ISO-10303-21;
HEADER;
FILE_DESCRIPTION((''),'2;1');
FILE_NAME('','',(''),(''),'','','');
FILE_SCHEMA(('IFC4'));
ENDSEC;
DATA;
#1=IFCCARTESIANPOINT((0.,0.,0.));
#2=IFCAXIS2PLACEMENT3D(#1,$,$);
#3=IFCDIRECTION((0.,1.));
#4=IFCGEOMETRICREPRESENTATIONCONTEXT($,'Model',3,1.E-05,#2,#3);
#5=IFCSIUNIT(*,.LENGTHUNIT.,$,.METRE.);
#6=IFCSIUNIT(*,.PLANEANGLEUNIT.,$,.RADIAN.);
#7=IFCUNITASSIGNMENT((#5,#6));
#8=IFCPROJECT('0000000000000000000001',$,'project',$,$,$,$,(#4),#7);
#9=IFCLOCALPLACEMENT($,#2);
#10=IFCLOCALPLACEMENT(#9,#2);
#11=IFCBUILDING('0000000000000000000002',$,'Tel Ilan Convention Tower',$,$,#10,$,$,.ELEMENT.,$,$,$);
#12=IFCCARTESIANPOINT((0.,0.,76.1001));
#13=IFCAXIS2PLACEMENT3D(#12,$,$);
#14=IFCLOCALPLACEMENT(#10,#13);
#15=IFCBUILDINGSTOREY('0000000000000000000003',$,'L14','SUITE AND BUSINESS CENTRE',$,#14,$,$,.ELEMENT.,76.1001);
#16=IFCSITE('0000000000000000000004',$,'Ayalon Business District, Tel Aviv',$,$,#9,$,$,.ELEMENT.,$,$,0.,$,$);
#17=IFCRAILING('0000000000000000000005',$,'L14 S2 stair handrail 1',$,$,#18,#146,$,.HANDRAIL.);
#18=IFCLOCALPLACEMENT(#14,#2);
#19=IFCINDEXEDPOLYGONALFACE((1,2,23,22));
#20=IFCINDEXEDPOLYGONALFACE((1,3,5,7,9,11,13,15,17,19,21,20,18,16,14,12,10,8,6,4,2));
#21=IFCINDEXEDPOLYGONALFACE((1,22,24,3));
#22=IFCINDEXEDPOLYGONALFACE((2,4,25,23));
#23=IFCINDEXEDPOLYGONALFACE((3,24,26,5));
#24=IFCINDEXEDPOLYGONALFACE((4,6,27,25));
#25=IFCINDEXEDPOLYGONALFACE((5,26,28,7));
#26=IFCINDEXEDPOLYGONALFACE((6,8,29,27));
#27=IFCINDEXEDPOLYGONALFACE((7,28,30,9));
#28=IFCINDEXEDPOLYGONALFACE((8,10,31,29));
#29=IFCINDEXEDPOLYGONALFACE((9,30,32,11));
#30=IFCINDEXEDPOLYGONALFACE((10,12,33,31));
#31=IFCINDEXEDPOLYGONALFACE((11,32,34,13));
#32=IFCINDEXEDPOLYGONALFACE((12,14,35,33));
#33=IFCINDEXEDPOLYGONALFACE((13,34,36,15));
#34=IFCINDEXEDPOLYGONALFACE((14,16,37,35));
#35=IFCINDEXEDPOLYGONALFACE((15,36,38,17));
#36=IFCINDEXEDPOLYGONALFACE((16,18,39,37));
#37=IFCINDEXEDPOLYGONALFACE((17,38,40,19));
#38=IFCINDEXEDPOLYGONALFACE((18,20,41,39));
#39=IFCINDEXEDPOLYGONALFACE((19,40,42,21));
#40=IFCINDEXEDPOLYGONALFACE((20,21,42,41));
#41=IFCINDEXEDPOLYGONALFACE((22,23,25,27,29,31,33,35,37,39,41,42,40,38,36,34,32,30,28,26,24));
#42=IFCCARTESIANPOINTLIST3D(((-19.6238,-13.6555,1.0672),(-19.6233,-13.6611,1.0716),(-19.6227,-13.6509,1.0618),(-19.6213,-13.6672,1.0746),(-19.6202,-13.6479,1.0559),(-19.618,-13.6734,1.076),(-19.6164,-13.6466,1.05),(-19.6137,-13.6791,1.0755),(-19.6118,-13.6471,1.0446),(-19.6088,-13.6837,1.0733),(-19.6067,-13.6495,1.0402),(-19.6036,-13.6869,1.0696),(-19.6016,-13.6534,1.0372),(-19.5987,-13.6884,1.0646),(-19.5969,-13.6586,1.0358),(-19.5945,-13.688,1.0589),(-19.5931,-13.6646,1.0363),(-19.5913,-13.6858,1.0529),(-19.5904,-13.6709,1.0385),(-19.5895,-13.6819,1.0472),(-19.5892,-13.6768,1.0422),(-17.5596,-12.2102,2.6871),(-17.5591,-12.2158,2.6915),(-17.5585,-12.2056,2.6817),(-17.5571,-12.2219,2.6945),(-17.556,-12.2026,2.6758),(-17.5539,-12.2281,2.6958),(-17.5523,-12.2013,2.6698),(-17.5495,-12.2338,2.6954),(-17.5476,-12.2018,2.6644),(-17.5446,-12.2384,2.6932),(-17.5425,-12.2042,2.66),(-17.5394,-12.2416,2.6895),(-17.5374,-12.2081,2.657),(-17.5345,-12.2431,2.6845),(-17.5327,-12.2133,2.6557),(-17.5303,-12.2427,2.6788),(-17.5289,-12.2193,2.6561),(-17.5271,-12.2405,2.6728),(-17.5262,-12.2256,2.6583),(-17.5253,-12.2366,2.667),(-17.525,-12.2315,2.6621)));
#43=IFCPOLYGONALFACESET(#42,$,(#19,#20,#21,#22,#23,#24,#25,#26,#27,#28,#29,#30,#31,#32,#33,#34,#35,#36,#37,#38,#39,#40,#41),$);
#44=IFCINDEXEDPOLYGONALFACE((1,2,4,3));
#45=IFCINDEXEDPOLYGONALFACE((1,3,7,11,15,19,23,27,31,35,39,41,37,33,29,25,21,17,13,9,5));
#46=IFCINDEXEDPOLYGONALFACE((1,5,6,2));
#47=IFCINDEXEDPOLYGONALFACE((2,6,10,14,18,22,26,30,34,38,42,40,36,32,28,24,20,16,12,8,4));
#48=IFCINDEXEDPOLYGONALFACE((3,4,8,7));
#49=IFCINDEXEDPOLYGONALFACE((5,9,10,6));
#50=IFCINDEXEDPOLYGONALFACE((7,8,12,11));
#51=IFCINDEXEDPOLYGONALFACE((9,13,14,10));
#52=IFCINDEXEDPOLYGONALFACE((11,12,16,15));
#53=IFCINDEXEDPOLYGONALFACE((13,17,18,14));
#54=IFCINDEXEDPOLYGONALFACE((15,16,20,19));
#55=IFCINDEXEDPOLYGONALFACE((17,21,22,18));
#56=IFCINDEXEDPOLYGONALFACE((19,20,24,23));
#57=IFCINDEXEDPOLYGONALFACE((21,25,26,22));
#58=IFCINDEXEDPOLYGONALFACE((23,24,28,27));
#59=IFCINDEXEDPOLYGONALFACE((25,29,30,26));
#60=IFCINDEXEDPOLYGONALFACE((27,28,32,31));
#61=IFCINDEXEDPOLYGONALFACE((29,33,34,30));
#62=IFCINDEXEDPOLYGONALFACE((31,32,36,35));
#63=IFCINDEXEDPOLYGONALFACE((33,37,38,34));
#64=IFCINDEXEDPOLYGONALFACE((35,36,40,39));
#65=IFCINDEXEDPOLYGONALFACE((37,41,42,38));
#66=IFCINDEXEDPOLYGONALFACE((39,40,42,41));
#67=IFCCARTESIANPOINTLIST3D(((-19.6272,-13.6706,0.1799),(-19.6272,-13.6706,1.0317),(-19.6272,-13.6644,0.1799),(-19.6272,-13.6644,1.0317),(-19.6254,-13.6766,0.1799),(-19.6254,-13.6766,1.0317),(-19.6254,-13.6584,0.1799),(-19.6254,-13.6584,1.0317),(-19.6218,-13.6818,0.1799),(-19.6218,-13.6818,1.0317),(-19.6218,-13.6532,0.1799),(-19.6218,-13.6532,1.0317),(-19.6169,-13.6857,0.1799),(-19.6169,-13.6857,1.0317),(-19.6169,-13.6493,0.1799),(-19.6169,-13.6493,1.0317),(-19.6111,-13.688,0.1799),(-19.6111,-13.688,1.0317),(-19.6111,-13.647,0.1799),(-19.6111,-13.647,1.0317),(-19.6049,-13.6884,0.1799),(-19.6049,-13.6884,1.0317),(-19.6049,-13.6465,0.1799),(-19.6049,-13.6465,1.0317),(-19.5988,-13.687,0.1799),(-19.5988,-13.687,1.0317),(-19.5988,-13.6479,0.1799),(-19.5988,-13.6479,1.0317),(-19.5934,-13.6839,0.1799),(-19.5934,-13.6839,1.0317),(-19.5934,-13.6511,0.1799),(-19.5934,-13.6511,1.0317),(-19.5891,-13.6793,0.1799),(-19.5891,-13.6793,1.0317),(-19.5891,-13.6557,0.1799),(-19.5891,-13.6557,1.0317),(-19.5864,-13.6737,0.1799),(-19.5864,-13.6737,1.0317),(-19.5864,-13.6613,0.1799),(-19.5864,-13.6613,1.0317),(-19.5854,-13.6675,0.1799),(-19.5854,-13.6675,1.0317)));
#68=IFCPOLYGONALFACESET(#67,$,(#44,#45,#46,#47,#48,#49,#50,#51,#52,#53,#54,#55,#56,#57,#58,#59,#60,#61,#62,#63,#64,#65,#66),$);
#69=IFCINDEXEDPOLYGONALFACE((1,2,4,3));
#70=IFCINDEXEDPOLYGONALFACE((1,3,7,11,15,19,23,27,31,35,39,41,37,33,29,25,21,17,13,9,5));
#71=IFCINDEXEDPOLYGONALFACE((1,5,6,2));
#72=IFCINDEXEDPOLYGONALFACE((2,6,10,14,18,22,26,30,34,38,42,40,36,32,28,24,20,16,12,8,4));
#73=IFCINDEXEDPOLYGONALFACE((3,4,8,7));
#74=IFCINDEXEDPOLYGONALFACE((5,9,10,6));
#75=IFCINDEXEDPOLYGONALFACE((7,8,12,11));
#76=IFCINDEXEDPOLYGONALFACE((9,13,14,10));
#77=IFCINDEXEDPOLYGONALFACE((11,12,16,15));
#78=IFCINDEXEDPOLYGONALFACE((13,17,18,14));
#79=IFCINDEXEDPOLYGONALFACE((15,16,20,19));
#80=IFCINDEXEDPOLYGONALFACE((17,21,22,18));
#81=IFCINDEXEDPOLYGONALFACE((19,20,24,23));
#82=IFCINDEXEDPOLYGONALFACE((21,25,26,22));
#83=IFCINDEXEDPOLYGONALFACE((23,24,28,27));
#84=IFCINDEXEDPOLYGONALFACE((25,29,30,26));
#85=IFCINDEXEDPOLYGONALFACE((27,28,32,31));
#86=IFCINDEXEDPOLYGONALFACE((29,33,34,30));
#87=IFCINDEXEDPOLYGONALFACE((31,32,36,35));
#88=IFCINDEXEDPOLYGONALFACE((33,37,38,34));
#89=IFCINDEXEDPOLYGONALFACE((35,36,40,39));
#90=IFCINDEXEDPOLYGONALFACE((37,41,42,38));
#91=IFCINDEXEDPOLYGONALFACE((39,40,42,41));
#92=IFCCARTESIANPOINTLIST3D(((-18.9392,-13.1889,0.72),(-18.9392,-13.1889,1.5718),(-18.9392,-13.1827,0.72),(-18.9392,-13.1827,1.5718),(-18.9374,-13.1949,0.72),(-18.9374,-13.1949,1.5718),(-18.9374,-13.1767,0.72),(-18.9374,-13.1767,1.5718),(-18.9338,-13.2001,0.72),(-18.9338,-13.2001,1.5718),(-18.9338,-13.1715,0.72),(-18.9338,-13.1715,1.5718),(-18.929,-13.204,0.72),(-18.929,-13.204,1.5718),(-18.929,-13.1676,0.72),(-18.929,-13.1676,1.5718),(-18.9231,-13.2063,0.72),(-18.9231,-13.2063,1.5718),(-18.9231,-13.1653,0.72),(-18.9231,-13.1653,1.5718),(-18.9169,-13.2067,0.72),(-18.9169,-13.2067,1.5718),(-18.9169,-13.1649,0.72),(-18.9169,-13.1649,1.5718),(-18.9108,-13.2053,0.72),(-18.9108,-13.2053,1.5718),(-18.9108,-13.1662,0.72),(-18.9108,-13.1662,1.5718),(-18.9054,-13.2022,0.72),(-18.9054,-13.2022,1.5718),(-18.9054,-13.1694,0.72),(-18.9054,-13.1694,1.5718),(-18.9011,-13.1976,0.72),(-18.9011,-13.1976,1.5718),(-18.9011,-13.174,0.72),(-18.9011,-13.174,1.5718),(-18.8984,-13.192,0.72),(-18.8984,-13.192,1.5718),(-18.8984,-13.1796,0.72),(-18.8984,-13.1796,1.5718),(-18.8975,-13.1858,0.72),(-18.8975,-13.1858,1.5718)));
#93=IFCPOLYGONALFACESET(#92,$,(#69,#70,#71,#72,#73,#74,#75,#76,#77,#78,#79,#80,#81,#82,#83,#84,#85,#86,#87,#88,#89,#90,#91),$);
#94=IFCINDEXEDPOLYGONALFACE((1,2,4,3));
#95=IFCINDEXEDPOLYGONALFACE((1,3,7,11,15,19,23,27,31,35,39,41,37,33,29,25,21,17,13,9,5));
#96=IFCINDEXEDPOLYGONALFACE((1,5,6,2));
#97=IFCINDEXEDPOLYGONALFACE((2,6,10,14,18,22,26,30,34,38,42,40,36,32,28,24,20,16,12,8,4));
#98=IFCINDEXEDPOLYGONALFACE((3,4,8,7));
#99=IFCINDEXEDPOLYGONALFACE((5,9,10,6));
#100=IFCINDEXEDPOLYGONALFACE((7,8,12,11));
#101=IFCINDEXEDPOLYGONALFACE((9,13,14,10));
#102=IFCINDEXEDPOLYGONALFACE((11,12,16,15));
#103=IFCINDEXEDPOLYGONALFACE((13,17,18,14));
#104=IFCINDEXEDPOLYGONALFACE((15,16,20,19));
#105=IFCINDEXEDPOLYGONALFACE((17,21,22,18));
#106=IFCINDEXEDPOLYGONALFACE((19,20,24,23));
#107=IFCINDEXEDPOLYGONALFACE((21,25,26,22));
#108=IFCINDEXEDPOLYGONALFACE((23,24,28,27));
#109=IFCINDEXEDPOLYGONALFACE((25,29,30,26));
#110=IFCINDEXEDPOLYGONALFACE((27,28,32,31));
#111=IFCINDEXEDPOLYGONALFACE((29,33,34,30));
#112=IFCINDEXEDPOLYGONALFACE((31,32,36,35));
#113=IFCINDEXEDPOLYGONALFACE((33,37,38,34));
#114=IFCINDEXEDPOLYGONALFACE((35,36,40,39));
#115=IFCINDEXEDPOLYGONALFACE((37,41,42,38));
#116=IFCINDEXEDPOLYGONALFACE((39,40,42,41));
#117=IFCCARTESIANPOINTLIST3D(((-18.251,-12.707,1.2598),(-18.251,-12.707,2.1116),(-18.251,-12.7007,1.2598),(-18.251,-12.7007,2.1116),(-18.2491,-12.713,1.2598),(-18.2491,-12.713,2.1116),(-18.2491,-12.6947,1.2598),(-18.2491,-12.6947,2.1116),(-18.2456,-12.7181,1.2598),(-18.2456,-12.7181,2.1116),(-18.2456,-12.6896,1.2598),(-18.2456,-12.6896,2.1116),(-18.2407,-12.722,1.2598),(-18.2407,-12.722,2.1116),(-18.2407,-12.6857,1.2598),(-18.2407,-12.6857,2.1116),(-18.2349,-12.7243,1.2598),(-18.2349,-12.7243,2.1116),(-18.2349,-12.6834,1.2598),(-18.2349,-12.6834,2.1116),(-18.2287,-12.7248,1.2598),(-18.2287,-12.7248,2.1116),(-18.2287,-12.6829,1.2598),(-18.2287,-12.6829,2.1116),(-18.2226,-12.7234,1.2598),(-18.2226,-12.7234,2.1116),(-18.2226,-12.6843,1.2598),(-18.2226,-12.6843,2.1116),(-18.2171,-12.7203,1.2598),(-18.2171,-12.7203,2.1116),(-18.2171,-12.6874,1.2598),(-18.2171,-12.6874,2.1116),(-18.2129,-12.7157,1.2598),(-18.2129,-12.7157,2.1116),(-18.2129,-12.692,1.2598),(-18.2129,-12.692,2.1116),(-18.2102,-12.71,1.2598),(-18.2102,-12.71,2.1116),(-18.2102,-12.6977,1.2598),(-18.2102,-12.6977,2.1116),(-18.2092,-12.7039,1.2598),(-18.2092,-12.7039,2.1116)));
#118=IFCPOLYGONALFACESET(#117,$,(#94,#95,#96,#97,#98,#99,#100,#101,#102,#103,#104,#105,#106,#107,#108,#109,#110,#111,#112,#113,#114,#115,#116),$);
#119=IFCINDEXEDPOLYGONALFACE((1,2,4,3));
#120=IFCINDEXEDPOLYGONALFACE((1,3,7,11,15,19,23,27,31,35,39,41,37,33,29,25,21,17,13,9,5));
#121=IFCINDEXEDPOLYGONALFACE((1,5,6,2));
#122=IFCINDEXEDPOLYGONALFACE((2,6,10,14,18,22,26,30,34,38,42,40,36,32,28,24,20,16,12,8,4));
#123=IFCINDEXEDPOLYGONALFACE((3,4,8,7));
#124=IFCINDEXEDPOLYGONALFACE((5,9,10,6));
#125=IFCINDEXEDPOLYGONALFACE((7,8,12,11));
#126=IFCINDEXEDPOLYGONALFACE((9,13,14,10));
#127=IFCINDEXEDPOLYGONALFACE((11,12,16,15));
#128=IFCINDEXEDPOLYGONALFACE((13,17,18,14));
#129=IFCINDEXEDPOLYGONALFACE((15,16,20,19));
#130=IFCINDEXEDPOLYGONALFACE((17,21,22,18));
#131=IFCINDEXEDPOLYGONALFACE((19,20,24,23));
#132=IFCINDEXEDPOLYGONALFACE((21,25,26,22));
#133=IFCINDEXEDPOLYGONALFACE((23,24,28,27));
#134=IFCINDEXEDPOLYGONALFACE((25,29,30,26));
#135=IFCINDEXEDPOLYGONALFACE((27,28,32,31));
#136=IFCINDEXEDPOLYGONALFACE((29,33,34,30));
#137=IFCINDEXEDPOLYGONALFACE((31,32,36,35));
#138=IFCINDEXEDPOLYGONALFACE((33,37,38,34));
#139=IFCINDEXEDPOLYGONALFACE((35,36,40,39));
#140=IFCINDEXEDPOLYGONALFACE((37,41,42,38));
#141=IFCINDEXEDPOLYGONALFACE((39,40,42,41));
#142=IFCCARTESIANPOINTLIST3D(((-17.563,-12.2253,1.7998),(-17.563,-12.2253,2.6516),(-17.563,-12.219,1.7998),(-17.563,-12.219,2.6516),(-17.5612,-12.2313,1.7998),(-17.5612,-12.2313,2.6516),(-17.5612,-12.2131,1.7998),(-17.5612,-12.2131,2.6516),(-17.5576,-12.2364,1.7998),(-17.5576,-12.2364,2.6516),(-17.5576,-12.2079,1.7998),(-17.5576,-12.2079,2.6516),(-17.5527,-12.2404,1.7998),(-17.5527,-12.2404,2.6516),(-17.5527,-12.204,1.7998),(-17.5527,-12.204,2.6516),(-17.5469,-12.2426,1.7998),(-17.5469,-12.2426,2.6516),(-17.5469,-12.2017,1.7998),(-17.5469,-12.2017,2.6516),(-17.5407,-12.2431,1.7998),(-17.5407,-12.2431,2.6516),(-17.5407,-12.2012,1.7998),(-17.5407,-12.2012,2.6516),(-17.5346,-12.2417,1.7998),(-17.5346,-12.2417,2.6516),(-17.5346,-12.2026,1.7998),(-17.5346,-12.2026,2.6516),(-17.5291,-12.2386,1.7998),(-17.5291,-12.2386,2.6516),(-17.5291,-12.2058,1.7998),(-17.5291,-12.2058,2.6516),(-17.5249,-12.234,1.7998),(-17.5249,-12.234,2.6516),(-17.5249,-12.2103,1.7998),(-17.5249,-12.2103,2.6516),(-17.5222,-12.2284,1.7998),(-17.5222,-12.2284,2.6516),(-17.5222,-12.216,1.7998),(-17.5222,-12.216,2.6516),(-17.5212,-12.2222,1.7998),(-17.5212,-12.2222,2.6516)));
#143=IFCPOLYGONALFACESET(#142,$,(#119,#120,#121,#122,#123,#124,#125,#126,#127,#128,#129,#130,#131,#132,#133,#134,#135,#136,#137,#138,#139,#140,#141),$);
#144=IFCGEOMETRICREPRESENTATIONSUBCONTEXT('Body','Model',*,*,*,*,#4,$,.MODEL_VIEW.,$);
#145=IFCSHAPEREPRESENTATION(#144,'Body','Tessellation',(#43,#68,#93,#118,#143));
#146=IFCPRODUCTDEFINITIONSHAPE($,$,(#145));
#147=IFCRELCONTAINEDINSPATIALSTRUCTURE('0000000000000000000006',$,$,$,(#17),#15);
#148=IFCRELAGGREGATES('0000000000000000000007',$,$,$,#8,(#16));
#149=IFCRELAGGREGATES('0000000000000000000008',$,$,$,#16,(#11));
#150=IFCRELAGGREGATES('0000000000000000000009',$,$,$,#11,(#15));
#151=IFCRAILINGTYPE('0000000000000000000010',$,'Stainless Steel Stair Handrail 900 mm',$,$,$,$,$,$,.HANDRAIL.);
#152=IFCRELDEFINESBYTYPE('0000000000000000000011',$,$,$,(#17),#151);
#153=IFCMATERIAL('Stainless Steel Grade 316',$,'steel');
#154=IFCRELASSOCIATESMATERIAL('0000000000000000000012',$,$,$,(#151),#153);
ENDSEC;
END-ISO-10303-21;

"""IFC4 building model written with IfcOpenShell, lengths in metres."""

from ifc_helpers import new_model, si_unit, direction, frame, origin, origin_2d, place, context, subcontext, project, spatial, circle, extrude, material, type_object, element, save


model = new_model("IFC4")

# Units and contexts
model_context = context("Model", 3, precision=1e-05, world=origin(), true_north=direction((0.0, 1.0)))
body_context = subcontext(model_context, "Body", "Model", "MODEL_VIEW")
ifc_project = project(units=[si_unit("LENGTHUNIT", "METRE"), si_unit("PLANEANGLEUNIT", "RADIAN")], contexts=[model_context])

# Site, building, storey
site_placement = place(None, origin())
site = spatial("IfcSite", under=ifc_project, at=site_placement, Name="Ayalon Business District, Tel Aviv", CompositionType="ELEMENT", RefElevation=0.0)
building_placement = place(site_placement, origin())
building = spatial("IfcBuilding", under=site, at=building_placement, Name="Tel Ilan Convention Tower", CompositionType="ELEMENT")
storey_placement = place(building_placement, frame((0.0, 0.0, 76.1001)))
storey = spatial("IfcBuildingStorey", under=building, at=storey_placement, Name="L14", Description="SUITE AND BUSINESS CENTRE", CompositionType="ELEMENT", Elevation=76.1001)

# Railing
ifc_material_1 = material(Name="Stainless Steel Grade 316", Category="steel")
railing_type_1 = type_object("IfcRailingType", Name="Stainless Steel Stair Handrail 900 mm", PredefinedType="HANDRAIL", material=ifc_material_1)
railing_1_placement = place(storey_placement, frame((-19.6064, -13.6675, 0.1799)))
element("IfcRailing", 1, at=railing_1_placement, inside=storey, type_object=railing_type_1, Name="L14 S2 stair handrail 1", PredefinedType="HANDRAIL", context=body_context, shape_type="SweptSolid", body=[
    extrude(circle(Radius=0.0239, at=origin_2d()), frame((0.0, 0.0, 0.876), z_axis=(0.68907, 0.482472, 0.540743), x_axis=(-0.57356, 0.819164, 0.0)), (0.0, 0.0, 1.0), 2.9956),
    extrude(circle(Radius=0.021, at=origin_2d()), origin(), (0.0, 0.0, 1.0), 0.8518),
    extrude(circle(Radius=0.021, at=origin_2d()), frame((0.688, 0.4817, 0.54)), (0.0, 0.0, 1.0), 0.8518),
    extrude(circle(Radius=0.021, at=origin_2d()), frame((1.3762, 0.9636, 1.0798)), (0.0, 0.0, 1.0), 0.8518),
    extrude(circle(Radius=0.021, at=origin_2d()), frame((2.0642, 1.4453, 1.6199)), (0.0, 0.0, 1.0), 0.8518),
])

save(model, "model.ifc")
